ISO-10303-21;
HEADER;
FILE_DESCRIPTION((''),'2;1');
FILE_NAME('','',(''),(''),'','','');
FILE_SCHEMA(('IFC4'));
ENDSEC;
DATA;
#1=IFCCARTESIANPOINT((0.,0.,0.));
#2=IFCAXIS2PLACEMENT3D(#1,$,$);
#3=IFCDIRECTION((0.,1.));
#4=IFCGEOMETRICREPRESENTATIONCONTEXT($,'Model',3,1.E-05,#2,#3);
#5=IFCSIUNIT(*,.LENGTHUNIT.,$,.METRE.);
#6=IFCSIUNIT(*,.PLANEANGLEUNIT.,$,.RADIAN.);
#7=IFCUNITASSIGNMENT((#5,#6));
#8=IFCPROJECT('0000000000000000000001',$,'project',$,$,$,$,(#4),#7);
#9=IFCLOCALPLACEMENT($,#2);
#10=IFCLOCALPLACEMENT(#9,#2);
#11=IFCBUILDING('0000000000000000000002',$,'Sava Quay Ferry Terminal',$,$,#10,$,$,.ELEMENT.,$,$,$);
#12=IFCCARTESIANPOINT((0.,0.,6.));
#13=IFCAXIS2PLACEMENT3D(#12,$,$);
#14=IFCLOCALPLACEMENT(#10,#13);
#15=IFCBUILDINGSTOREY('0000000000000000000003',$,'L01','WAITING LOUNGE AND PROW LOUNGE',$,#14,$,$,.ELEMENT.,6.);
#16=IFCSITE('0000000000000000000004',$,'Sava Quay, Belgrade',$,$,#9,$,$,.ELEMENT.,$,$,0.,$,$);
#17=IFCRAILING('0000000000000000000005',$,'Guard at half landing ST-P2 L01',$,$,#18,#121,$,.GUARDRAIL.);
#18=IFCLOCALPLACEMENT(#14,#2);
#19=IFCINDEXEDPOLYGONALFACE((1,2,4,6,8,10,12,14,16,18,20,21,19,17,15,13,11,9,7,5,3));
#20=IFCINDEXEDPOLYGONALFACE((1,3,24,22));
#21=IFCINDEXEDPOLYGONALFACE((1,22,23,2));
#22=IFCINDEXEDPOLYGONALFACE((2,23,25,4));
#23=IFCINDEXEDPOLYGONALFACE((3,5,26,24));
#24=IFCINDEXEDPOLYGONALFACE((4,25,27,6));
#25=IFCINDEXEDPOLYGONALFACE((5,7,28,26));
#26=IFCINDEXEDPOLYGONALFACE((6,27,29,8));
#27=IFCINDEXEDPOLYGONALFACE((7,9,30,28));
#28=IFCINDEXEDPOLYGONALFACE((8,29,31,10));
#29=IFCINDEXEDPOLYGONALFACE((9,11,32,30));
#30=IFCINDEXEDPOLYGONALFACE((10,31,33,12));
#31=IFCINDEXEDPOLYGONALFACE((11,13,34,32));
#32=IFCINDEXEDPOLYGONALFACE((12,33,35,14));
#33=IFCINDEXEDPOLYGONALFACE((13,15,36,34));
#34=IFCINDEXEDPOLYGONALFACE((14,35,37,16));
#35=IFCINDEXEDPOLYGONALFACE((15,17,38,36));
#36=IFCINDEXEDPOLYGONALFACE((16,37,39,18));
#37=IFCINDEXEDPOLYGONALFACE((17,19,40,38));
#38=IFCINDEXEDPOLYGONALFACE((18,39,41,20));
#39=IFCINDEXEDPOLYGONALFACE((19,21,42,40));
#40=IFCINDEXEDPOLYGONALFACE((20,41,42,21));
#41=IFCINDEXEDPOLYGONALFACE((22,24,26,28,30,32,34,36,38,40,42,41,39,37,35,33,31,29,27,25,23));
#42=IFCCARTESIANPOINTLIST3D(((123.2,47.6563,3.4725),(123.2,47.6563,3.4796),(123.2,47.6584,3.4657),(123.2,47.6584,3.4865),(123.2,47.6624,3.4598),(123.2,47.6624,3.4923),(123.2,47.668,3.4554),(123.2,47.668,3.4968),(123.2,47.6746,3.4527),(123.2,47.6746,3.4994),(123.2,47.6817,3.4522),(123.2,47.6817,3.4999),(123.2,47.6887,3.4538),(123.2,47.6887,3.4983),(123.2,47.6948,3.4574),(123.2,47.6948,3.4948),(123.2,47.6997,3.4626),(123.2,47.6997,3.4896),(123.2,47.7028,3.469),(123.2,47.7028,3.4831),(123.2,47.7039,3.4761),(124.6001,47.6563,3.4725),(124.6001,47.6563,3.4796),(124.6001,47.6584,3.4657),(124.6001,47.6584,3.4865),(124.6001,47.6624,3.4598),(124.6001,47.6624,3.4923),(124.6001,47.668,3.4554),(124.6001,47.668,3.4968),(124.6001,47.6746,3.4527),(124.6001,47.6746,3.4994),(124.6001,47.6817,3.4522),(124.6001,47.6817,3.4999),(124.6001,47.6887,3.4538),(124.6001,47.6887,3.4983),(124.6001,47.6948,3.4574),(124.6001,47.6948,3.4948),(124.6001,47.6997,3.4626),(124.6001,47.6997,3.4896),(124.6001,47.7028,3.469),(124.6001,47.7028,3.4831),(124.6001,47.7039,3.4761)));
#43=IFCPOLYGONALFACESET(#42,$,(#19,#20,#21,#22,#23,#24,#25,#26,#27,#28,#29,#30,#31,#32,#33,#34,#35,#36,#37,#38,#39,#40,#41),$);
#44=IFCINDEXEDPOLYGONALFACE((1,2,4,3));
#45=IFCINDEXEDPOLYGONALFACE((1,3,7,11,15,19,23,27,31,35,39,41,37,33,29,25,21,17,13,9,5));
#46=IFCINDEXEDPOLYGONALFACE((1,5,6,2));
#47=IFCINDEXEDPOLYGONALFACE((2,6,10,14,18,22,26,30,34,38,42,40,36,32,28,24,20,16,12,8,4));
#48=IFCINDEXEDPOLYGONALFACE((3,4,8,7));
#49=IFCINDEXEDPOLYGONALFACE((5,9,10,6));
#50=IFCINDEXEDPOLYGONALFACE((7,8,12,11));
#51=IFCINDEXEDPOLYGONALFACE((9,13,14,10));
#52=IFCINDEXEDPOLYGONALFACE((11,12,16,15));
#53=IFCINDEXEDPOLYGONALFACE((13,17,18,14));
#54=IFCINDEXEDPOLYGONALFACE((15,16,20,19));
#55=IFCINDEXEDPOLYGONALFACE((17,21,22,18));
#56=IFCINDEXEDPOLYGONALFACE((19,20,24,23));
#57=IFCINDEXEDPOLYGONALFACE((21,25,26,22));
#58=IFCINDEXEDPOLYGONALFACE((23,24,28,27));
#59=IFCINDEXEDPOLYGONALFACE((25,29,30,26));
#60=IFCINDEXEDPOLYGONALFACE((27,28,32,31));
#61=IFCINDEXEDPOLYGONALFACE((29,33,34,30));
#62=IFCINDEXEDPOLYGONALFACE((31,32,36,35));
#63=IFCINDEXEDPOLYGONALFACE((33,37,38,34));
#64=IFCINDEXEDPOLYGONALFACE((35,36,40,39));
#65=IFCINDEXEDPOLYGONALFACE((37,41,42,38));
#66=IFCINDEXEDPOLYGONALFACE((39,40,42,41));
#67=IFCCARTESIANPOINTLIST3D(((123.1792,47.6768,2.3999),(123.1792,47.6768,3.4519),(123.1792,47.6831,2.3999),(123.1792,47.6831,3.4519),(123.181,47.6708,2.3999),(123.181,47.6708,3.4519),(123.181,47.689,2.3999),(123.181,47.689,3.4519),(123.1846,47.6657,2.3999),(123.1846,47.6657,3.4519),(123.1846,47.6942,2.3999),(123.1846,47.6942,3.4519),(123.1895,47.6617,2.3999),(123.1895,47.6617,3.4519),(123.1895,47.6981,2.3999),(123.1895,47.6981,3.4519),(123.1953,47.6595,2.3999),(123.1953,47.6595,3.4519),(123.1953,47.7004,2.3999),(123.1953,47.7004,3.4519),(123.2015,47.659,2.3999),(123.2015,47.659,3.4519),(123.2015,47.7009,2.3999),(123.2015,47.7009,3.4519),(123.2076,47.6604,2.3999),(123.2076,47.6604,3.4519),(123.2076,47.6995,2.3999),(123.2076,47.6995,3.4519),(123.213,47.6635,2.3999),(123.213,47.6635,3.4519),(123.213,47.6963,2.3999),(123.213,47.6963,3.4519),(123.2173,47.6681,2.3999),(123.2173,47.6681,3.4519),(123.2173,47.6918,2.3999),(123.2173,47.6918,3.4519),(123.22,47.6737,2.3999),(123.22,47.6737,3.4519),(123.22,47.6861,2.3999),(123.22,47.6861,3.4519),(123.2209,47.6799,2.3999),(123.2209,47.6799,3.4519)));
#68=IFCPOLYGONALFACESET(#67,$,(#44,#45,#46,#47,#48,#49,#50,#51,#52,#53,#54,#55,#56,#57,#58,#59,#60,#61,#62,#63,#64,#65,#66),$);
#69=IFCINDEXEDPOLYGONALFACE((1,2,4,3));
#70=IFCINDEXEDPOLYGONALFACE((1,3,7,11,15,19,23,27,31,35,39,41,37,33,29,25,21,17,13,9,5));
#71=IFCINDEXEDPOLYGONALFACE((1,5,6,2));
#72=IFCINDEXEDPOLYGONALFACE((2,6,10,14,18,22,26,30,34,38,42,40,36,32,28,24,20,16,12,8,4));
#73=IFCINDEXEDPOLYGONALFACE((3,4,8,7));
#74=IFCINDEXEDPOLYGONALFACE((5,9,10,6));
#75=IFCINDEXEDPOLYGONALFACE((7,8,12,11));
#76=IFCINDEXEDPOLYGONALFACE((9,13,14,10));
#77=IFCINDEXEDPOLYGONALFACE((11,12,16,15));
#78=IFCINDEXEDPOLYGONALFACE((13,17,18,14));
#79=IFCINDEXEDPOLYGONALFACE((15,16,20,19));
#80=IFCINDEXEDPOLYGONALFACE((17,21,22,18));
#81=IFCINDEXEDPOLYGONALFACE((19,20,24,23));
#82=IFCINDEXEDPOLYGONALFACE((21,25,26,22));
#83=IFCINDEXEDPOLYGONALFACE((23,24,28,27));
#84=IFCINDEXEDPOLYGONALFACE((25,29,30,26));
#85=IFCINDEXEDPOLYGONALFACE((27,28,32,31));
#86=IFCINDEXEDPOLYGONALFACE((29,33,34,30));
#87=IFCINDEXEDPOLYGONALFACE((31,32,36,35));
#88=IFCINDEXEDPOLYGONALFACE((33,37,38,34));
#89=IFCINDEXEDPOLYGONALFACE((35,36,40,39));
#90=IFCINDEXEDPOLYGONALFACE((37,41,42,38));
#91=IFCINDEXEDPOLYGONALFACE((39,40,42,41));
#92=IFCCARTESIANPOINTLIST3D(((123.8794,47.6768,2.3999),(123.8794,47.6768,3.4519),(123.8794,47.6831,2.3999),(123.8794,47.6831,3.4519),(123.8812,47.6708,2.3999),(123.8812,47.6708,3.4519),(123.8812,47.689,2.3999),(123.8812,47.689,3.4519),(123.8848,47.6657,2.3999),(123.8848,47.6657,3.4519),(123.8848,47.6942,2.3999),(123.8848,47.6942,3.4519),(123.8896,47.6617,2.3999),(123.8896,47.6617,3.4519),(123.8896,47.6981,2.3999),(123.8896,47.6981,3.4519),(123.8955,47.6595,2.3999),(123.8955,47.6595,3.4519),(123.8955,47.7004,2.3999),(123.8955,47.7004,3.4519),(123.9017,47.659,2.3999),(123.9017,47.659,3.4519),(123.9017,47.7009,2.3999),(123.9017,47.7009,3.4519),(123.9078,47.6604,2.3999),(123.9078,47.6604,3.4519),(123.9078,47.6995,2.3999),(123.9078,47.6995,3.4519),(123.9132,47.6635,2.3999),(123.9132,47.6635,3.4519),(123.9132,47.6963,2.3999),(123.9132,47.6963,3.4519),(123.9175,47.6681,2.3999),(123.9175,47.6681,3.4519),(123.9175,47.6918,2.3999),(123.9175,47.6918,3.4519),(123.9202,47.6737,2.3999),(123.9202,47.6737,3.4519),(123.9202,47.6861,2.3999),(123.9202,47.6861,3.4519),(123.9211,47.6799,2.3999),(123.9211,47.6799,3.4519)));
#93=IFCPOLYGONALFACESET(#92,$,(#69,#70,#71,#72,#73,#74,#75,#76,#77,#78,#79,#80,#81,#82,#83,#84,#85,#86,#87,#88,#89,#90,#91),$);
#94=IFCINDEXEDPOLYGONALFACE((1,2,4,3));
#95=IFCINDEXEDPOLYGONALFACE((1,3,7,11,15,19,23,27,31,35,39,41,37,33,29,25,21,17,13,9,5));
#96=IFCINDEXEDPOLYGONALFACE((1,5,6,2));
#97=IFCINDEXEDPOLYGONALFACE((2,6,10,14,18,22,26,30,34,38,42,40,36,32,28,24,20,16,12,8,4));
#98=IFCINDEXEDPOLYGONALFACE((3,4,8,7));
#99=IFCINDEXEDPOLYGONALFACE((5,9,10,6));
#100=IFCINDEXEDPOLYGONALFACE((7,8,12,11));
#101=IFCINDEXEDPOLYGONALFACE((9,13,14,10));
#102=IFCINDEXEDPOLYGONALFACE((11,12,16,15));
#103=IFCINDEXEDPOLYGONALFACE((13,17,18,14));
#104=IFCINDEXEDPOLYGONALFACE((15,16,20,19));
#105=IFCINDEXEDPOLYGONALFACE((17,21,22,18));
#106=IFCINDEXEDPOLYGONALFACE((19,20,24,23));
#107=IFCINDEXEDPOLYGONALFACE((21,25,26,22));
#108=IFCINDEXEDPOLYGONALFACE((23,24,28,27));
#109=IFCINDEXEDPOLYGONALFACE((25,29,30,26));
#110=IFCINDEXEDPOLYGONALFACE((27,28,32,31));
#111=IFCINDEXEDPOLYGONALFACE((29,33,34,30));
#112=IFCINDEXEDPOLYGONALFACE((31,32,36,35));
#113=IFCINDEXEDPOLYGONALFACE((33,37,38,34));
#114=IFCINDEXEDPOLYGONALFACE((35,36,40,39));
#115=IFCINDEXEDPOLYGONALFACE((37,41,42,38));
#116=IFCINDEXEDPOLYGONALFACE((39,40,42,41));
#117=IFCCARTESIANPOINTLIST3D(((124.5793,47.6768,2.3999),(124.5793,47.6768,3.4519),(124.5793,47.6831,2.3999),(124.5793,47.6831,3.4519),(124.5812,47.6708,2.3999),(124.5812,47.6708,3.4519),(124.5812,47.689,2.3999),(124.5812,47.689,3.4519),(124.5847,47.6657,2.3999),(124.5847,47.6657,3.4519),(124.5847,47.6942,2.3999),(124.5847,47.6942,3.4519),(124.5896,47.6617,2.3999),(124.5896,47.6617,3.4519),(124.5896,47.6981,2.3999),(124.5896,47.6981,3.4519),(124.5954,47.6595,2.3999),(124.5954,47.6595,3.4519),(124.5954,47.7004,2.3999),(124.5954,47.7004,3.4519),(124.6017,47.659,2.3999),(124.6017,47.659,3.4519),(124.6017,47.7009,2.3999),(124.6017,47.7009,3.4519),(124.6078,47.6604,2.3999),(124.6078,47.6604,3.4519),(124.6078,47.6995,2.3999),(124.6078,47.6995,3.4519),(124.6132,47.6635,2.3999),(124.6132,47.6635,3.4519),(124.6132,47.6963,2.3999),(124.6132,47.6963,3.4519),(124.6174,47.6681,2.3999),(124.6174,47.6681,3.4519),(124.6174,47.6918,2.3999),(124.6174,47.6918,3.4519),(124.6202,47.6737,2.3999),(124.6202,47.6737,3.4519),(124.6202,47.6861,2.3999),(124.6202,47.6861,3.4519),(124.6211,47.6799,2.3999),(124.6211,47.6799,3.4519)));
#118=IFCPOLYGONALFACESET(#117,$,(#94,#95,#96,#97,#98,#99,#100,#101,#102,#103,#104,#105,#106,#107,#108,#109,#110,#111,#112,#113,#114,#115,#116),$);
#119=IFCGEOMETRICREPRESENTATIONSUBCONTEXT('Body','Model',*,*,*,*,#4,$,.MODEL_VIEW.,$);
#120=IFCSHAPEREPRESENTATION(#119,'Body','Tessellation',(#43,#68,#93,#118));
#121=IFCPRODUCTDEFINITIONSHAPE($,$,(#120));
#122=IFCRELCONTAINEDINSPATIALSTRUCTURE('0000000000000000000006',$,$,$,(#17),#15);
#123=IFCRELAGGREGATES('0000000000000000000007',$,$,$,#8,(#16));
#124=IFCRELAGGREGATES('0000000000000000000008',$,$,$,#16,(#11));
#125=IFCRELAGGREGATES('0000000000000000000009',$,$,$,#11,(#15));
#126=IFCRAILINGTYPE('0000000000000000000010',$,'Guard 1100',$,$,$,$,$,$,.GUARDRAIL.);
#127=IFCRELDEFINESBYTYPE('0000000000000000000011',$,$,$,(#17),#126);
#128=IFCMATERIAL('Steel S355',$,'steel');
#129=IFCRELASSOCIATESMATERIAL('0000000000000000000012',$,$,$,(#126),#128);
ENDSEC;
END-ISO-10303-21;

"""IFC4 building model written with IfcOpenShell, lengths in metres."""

from ifc_helpers import new_model, si_unit, direction, frame, origin, origin_2d, place, context, subcontext, project, spatial, circle, extrude, material, type_object, element, save


model = new_model("IFC4")

# Units and contexts
model_context = context("Model", 3, precision=1e-05, world=origin(), true_north=direction((0.0, 1.0)))
body_context = subcontext(model_context, "Body", "Model", "MODEL_VIEW")
ifc_project = project(units=[si_unit("LENGTHUNIT", "METRE"), si_unit("PLANEANGLEUNIT", "RADIAN")], contexts=[model_context])

# Site, building, storey
site_placement = place(None, origin())
site = spatial("IfcSite", under=ifc_project, at=site_placement, Name="Sava Quay, Belgrade", CompositionType="ELEMENT", RefElevation=0.0)
building_placement = place(site_placement, origin())
building = spatial("IfcBuilding", under=site, at=building_placement, Name="Sava Quay Ferry Terminal", CompositionType="ELEMENT")
storey_placement = place(building_placement, frame((0.0, 0.0, 6.0)))
storey = spatial("IfcBuildingStorey", under=building, at=storey_placement, Name="L01", Description="WAITING LOUNGE AND PROW LOUNGE", CompositionType="ELEMENT", Elevation=6.0)

# Railing
ifc_material_1 = material(Name="Steel S355", Category="steel")
railing_type = type_object("IfcRailingType", Name="Guard 1100", PredefinedType="GUARDRAIL", material=ifc_material_1)
railing_placement = place(storey_placement, frame((123.2, 47.6799, 2.3999)))
element("IfcRailing", 1, at=railing_placement, inside=storey, type_object=railing_type, Name="Guard at half landing ST-P2 L01", PredefinedType="GUARDRAIL", context=body_context, shape_type="SweptSolid", body=[
    extrude(circle(Radius=0.0239, at=origin_2d()), frame((0.0, 0.0, 1.0762), z_axis=(1.0, 0.0, 0.0), x_axis=(0.0, 1.0, 0.0)), (0.0, 0.0, 1.0), 1.4001),
    extrude(circle(Radius=0.021, at=origin_2d()), origin(), (0.0, 0.0, 1.0), 1.052),
    extrude(circle(Radius=0.021, at=origin_2d()), frame((0.7002, 0.0, 0.0)), (0.0, 0.0, 1.0), 1.052),
    extrude(circle(Radius=0.021, at=origin_2d()), frame((1.4001, 0.0, 0.0)), (0.0, 0.0, 1.0), 1.052),
])

save(model, "model.ifc")
